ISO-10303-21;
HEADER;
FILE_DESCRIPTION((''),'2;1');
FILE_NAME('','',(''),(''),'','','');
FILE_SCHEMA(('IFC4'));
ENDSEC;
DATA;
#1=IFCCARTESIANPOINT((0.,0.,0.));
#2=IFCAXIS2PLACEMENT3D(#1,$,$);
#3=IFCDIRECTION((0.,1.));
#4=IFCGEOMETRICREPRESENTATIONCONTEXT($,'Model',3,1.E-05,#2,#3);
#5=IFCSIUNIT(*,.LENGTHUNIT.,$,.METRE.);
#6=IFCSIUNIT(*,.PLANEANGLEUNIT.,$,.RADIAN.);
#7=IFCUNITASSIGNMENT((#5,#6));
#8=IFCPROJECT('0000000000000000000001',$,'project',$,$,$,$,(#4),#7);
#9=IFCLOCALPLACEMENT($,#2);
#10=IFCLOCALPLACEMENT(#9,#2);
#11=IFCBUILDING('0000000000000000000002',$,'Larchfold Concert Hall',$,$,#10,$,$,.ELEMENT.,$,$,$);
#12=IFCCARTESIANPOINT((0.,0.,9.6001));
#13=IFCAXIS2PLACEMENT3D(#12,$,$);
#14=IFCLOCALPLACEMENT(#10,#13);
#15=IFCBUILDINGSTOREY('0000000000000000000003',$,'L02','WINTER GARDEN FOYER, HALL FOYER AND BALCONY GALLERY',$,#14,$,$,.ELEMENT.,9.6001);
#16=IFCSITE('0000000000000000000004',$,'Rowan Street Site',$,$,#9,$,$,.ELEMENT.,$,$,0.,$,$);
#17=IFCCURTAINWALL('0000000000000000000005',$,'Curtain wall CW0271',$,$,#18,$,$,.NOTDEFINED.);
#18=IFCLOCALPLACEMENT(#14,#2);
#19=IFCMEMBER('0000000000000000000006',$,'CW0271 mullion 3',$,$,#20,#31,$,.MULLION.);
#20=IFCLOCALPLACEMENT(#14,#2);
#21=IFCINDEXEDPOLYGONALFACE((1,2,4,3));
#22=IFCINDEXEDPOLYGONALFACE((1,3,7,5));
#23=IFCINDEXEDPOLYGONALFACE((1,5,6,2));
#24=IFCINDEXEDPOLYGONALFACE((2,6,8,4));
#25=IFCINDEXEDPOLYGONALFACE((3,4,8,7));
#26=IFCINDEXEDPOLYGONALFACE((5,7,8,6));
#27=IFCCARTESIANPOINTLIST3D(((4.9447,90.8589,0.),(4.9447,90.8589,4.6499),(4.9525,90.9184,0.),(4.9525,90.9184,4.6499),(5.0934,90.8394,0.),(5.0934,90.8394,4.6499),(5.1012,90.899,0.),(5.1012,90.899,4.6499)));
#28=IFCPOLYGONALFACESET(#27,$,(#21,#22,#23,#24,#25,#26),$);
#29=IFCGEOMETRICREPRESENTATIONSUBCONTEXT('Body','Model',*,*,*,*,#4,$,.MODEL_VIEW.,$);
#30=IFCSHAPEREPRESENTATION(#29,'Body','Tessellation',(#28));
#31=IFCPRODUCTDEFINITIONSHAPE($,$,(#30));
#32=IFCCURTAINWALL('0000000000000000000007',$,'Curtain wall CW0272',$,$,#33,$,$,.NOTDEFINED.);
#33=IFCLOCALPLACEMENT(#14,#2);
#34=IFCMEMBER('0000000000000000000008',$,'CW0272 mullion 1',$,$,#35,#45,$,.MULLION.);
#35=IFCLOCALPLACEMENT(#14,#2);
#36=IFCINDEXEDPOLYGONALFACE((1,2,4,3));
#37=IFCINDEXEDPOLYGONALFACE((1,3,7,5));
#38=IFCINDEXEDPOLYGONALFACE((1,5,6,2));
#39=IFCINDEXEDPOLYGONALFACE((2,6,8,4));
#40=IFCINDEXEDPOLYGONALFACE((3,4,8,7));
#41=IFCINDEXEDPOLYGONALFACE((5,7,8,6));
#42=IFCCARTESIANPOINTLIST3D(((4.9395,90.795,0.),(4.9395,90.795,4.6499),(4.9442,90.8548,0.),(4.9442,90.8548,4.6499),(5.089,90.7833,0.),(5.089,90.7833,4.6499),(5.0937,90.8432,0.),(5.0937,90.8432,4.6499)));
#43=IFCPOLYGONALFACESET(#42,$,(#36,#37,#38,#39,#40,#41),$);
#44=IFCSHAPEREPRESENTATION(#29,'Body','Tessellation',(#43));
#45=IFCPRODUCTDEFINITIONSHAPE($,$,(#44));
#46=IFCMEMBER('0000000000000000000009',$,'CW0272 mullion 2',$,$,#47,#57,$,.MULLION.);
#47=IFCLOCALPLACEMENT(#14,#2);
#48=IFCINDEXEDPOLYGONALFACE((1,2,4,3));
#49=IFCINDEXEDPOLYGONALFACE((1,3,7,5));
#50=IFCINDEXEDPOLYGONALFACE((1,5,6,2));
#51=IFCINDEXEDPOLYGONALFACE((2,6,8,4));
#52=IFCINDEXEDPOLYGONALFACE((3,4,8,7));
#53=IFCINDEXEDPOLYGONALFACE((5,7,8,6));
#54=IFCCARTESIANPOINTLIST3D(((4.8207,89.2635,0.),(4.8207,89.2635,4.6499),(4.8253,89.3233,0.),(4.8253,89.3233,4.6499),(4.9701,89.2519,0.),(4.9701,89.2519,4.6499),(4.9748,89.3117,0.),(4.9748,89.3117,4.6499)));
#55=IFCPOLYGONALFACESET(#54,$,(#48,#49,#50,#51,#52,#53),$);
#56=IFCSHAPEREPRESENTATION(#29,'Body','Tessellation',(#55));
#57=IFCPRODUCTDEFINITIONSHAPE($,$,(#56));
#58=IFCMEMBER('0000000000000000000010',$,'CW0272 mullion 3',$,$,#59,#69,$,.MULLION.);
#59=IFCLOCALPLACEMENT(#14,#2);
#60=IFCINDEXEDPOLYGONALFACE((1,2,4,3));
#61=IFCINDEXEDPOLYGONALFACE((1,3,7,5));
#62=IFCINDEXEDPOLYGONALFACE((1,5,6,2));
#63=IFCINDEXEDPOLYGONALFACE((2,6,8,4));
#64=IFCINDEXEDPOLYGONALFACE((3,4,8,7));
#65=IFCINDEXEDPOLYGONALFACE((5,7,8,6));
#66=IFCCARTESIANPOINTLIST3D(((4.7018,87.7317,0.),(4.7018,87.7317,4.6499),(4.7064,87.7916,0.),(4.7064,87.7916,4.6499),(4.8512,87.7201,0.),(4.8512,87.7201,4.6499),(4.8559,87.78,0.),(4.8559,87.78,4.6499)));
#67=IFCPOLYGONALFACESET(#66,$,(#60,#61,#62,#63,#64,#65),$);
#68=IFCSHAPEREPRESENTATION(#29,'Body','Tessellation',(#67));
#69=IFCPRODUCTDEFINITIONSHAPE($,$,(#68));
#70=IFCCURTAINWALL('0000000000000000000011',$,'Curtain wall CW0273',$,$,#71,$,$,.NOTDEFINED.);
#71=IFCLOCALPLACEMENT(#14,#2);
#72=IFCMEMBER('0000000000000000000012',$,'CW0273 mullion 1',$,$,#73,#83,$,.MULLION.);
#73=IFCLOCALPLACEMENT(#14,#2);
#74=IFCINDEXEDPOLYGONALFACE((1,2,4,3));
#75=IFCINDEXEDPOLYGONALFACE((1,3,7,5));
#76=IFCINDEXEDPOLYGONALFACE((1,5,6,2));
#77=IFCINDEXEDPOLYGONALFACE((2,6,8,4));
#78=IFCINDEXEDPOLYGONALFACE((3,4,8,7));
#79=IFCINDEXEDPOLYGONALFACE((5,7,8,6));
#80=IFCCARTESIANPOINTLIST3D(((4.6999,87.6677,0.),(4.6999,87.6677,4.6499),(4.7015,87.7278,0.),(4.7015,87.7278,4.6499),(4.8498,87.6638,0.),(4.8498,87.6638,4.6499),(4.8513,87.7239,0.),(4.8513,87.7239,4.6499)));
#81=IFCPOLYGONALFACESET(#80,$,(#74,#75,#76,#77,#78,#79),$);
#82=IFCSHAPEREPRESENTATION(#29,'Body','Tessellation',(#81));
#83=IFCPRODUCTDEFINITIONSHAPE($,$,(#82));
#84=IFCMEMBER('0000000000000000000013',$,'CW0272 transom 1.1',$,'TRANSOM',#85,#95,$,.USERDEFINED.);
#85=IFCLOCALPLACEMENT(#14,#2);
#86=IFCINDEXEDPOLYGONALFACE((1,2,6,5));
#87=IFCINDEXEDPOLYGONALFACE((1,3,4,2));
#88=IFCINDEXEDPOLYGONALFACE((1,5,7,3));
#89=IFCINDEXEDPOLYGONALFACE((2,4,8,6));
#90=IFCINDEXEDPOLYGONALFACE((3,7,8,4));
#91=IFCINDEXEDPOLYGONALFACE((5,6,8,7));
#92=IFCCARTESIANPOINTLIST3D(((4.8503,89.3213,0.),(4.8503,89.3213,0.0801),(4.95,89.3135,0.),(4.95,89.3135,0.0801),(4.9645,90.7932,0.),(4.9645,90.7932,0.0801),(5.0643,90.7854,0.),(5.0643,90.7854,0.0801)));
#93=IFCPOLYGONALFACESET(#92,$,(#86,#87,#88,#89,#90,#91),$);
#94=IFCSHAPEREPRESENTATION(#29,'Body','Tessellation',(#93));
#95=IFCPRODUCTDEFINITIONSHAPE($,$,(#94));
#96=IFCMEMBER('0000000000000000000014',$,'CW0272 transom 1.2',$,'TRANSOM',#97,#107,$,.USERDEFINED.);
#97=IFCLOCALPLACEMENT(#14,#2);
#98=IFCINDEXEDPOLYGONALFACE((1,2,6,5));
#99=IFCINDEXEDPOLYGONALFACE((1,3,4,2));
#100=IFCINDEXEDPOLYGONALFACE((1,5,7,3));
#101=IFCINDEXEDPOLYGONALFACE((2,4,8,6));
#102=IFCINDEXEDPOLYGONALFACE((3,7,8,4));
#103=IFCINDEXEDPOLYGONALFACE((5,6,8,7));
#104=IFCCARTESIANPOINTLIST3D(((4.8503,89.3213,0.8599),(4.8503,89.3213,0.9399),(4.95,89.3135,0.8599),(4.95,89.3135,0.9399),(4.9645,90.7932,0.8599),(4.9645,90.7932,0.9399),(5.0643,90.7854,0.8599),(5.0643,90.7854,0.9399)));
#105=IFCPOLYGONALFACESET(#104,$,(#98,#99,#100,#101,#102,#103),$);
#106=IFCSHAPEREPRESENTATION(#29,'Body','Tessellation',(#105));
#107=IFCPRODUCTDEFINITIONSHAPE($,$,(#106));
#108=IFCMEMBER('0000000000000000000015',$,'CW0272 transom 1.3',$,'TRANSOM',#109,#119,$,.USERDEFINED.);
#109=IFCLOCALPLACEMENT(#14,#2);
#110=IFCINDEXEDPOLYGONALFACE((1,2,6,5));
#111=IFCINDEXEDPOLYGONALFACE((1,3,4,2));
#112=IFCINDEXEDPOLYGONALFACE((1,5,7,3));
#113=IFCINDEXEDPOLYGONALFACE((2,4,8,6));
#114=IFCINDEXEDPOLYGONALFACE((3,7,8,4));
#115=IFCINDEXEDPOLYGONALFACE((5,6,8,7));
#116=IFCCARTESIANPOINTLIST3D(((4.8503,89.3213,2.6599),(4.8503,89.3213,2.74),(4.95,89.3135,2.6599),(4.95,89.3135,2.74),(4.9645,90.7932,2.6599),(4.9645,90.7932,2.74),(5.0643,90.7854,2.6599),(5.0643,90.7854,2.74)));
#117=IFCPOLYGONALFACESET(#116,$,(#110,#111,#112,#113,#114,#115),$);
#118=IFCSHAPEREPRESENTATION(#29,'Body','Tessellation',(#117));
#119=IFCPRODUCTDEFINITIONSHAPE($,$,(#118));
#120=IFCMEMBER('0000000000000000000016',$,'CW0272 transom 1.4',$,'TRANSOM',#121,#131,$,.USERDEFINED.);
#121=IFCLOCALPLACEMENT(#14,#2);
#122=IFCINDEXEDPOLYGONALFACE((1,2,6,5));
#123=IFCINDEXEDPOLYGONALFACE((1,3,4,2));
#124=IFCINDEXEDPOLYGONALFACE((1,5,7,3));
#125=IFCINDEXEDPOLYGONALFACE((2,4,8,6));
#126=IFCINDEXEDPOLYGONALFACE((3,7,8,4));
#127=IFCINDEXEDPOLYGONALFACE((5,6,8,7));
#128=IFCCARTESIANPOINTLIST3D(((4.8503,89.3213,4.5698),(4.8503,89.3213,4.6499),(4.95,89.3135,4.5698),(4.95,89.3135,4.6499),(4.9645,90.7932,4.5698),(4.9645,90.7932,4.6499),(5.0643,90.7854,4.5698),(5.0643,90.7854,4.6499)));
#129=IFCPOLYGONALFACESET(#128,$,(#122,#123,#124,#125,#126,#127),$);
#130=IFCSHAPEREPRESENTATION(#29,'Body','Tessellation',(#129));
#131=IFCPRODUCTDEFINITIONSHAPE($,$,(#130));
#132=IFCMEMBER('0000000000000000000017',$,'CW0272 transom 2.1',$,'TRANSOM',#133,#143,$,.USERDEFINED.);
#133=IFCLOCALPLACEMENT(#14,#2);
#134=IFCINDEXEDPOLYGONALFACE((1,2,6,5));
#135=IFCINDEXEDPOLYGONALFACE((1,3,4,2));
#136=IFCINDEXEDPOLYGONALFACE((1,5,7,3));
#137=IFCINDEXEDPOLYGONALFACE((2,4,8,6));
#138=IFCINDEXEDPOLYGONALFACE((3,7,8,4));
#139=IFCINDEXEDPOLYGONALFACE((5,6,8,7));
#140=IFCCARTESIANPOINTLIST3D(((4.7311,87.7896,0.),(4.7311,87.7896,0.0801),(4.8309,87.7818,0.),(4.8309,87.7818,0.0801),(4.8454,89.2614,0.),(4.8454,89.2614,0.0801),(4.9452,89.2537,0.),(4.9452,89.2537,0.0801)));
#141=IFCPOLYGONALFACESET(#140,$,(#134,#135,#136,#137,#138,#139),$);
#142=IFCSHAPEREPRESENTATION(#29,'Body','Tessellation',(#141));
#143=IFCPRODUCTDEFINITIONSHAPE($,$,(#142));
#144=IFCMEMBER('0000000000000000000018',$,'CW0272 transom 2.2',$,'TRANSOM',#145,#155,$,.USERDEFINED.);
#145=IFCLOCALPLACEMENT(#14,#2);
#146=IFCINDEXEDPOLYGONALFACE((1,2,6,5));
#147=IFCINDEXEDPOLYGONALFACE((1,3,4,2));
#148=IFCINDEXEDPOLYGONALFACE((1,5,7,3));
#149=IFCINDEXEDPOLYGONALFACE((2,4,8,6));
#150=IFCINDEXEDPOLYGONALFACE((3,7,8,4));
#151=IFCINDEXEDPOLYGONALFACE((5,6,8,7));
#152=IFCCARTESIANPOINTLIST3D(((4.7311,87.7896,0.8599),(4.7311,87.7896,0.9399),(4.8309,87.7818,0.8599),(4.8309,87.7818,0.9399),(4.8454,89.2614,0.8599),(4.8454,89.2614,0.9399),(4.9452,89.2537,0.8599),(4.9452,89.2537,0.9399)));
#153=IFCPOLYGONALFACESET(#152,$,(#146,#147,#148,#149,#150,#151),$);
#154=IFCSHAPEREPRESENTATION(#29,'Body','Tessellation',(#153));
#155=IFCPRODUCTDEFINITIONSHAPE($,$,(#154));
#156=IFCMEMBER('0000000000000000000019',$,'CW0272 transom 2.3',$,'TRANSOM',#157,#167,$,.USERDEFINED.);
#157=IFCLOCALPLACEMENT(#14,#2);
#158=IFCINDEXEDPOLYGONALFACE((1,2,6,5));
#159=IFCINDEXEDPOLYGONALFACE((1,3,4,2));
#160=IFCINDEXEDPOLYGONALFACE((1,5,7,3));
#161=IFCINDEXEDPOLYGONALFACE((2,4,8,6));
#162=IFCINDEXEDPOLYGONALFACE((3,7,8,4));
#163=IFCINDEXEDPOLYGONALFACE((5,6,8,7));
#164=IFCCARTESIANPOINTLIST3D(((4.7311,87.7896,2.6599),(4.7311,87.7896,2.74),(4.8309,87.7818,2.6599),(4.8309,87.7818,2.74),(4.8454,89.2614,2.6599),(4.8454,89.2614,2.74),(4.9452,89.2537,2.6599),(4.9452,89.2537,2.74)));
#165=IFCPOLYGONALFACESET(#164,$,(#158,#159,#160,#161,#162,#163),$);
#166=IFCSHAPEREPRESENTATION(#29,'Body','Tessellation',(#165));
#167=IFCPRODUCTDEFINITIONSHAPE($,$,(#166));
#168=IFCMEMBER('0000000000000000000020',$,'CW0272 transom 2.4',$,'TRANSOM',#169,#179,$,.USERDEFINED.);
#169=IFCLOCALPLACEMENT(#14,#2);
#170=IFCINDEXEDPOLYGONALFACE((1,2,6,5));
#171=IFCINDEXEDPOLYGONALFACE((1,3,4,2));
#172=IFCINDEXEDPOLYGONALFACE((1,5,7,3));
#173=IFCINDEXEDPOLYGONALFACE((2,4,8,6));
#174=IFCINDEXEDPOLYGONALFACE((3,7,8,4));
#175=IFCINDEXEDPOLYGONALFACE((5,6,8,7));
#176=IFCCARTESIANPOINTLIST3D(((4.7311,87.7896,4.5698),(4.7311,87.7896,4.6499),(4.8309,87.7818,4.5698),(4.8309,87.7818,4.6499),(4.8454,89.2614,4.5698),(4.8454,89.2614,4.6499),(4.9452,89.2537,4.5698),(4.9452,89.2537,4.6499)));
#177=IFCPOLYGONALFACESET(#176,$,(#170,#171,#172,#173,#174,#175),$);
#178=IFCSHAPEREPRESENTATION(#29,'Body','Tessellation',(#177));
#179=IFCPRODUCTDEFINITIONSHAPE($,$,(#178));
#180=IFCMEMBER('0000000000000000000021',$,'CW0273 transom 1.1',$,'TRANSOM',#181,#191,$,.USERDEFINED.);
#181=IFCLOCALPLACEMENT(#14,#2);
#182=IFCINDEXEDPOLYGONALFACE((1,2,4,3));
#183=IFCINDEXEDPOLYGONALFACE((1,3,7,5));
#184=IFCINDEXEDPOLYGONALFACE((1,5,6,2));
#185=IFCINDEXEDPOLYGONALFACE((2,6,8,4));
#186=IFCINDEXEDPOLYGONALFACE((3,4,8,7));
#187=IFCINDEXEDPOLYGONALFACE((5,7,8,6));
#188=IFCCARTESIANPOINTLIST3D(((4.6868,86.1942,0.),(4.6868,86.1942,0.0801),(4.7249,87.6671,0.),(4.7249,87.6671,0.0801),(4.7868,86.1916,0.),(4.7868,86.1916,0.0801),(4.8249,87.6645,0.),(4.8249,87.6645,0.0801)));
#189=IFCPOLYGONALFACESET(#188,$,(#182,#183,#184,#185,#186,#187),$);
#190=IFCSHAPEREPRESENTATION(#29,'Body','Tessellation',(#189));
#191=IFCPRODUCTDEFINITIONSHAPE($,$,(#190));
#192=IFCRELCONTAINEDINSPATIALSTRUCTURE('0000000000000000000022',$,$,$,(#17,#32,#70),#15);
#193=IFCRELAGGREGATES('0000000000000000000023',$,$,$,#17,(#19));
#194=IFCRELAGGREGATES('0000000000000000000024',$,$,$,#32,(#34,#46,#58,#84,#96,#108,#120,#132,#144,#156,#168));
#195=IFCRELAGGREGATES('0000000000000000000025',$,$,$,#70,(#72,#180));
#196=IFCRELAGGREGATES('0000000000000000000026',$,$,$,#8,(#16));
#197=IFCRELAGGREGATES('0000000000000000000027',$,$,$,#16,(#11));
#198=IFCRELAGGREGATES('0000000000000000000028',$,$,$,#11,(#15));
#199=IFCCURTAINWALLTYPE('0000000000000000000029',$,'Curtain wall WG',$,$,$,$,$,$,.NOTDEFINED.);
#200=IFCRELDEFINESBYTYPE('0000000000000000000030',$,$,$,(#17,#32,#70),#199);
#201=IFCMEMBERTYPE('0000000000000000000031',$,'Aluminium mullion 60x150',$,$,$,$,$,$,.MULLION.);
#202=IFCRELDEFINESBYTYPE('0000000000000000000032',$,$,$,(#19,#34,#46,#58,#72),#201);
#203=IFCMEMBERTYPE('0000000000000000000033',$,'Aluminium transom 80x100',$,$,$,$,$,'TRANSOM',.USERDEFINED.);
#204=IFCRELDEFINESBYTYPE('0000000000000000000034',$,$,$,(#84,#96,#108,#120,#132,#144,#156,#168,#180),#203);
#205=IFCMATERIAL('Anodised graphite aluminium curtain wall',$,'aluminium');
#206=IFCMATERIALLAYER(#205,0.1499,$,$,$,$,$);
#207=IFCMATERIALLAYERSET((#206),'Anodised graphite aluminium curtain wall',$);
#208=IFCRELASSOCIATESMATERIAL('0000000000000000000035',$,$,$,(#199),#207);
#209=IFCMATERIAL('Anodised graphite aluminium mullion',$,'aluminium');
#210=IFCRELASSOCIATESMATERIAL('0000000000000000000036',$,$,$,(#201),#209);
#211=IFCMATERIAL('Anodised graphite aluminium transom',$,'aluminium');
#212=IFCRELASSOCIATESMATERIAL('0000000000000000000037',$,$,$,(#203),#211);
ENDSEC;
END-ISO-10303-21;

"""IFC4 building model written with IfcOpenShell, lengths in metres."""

from ifc_helpers import new_model, si_unit, direction, frame, origin, origin_2d, place, context, subcontext, project, spatial, rectangle, extrude, material, layer, layer_set, material_profile, profile_set, type_object, element, aggregate, save


model = new_model("IFC4")

# Units and contexts
model_context = context("Model", 3, precision=1e-05, world=origin(), true_north=direction((0.0, 1.0)))
body_context = subcontext(model_context, "Body", "Model", "MODEL_VIEW")
ifc_project = project(units=[si_unit("LENGTHUNIT", "METRE"), si_unit("PLANEANGLEUNIT", "RADIAN")], contexts=[model_context])

# Site, building, storey
site_placement = place(None, origin())
site = spatial("IfcSite", under=ifc_project, at=site_placement, Name="Rowan Street Site", CompositionType="ELEMENT", RefElevation=0.0)
building_placement = place(site_placement, origin())
building = spatial("IfcBuilding", under=site, at=building_placement, Name="Larchfold Concert Hall", CompositionType="ELEMENT")
storey_placement = place(building_placement, frame((0.0, 0.0, 9.6001)))
storey = spatial("IfcBuildingStorey", under=building, at=storey_placement, Name="L02", Description="WINTER GARDEN FOYER, HALL FOYER AND BALCONY GALLERY", CompositionType="ELEMENT", Elevation=9.6001)

# Curtain wall, member
ifc_material_1 = material(Name="Anodised graphite aluminium curtain wall", Category="aluminium")
ifc_layer_1 = layer(ifc_material_1, 0.1499)
ifc_layer_set_1 = layer_set([ifc_layer_1], Name="Anodised graphite aluminium curtain wall")
curtain_wall_type = type_object("IfcCurtainWallType", Name="Curtain wall WG", PredefinedType="NOTDEFINED", material=ifc_layer_set_1)
curtain_wall_1_placement = place(storey_placement, origin())
curtain_wall_1 = element("IfcCurtainWall", 1, at=curtain_wall_1_placement, inside=storey, type_object=curtain_wall_type, Name="Curtain wall CW0271", PredefinedType="NOTDEFINED")
ifc_material_2 = material(Name="Anodised graphite aluminium mullion", Category="aluminium")
ifc_material_profile_1 = material_profile(ifc_material_2, rectangle(XDim=0.1499, YDim=0.0601, at=origin_2d()))
ifc_profile_set_1 = profile_set([ifc_material_profile_1], Name="Anodised graphite aluminium mullion")
member_type_1 = type_object("IfcMemberType", Name="Aluminium mullion 60x150", PredefinedType="MULLION", material=ifc_profile_set_1)
member_1_placement = place(storey_placement, frame((5.0229, 90.8789, 0.0), z_axis=(0.0, 0.0, 1.0), x_axis=(0.991549, -0.129731, 0.0)))
member_1 = element("IfcMember", 2, at=member_1_placement, type_object=member_type_1, Name="CW0271 mullion 3", PredefinedType="MULLION", context=body_context, shape_type="SweptSolid", body=[
    extrude(rectangle(XDim=0.1499, YDim=0.0601, at=origin_2d()), origin(), (0.0, 0.0, 1.0), 4.6499),
])
aggregate(curtain_wall_1, [member_1])

# Curtain wall, members
curtain_wall_2_placement = place(storey_placement, origin())
curtain_wall_2 = element("IfcCurtainWall", 3, at=curtain_wall_2_placement, inside=storey, type_object=curtain_wall_type, Name="Curtain wall CW0272", PredefinedType="NOTDEFINED")
member_2_placement = place(storey_placement, frame((5.0166, 90.8191, 0.0), z_axis=(0.0, 0.0, 1.0), x_axis=(0.996995, -0.077465, 0.0)))
member_2 = element("IfcMember", 4, at=member_2_placement, type_object=member_type_1, Name="CW0272 mullion 1", PredefinedType="MULLION", context=body_context, shape_type="SweptSolid", body=[
    extrude(rectangle(XDim=0.1499, YDim=0.0601, at=origin_2d()), origin(), (0.0, 0.0, 1.0), 4.6499),
])
member_3_placement = place(storey_placement, frame((4.8977, 89.2876, 0.0), z_axis=(0.0, 0.0, 1.0), x_axis=(0.996995, -0.077465, 0.0)))
member_3 = element("IfcMember", 5, at=member_3_placement, type_object=member_type_1, Name="CW0272 mullion 2", PredefinedType="MULLION", context=body_context, shape_type="SweptSolid", body=[
    extrude(rectangle(XDim=0.1499, YDim=0.0601, at=origin_2d()), origin(), (0.0, 0.0, 1.0), 4.6499),
])
member_4_placement = place(storey_placement, frame((4.7788, 87.7559, 0.0), z_axis=(0.0, 0.0, 1.0), x_axis=(0.996995, -0.077465, 0.0)))
member_4 = element("IfcMember", 6, at=member_4_placement, type_object=member_type_1, Name="CW0272 mullion 3", PredefinedType="MULLION", context=body_context, shape_type="SweptSolid", body=[
    extrude(rectangle(XDim=0.1499, YDim=0.0601, at=origin_2d()), origin(), (0.0, 0.0, 1.0), 4.6499),
])

# Curtain wall, member
curtain_wall_3_placement = place(storey_placement, origin())
curtain_wall_3 = element("IfcCurtainWall", 7, at=curtain_wall_3_placement, inside=storey, type_object=curtain_wall_type, Name="Curtain wall CW0273", PredefinedType="NOTDEFINED")
member_5_placement = place(storey_placement, frame((4.7756, 87.6958, 0.0), z_axis=(0.0, 0.0, 1.0), x_axis=(0.999666, -0.025845, 0.0)))
member_5 = element("IfcMember", 8, at=member_5_placement, type_object=member_type_1, Name="CW0273 mullion 1", PredefinedType="MULLION", context=body_context, shape_type="SweptSolid", body=[
    extrude(rectangle(XDim=0.1499, YDim=0.0601, at=origin_2d()), origin(), (0.0, 0.0, 1.0), 4.6499),
])

# Members
ifc_material_3 = material(Name="Anodised graphite aluminium transom", Category="aluminium")
ifc_material_profile_2 = material_profile(ifc_material_3, rectangle(XDim=0.1001, YDim=0.0801, at=origin_2d()))
ifc_profile_set_2 = profile_set([ifc_material_profile_2], Name="Anodised graphite aluminium transom")
member_type_2 = type_object("IfcMemberType", Name="Aluminium transom 80x100", ElementType="TRANSOM", PredefinedType="USERDEFINED", material=ifc_profile_set_2)
member_6_placement = place(storey_placement, frame((5.0144, 90.7893, 0.04), z_axis=(-0.077392, -0.997001, 0.0), x_axis=(0.997001, -0.077392, 0.0)))
member_6 = element("IfcMember", 9, at=member_6_placement, type_object=member_type_2, Name="CW0272 transom 1.1", ObjectType="TRANSOM", PredefinedType="USERDEFINED", context=body_context, shape_type="SweptSolid", body=[
    extrude(rectangle(XDim=0.1001, YDim=0.0801, at=origin_2d()), origin(), (0.0, 0.0, 1.0), 1.4763),
])
member_7_placement = place(storey_placement, frame((5.0144, 90.7893, 0.8999), z_axis=(-0.077392, -0.997001, 0.0), x_axis=(0.997001, -0.077392, 0.0)))
member_7 = element("IfcMember", 10, at=member_7_placement, type_object=member_type_2, Name="CW0272 transom 1.2", ObjectType="TRANSOM", PredefinedType="USERDEFINED", context=body_context, shape_type="SweptSolid", body=[
    extrude(rectangle(XDim=0.1001, YDim=0.0801, at=origin_2d()), origin(), (0.0, 0.0, 1.0), 1.4763),
])
member_8_placement = place(storey_placement, frame((5.0144, 90.7893, 2.7), z_axis=(-0.077392, -0.997001, 0.0), x_axis=(0.997001, -0.077392, 0.0)))
member_8 = element("IfcMember", 11, at=member_8_placement, type_object=member_type_2, Name="CW0272 transom 1.3", ObjectType="TRANSOM", PredefinedType="USERDEFINED", context=body_context, shape_type="SweptSolid", body=[
    extrude(rectangle(XDim=0.1001, YDim=0.0801, at=origin_2d()), origin(), (0.0, 0.0, 1.0), 1.4763),
])
member_9_placement = place(storey_placement, frame((5.0144, 90.7893, 4.6099), z_axis=(-0.077392, -0.997001, 0.0), x_axis=(0.997001, -0.077392, 0.0)))
member_9 = element("IfcMember", 12, at=member_9_placement, type_object=member_type_2, Name="CW0272 transom 1.4", ObjectType="TRANSOM", PredefinedType="USERDEFINED", context=body_context, shape_type="SweptSolid", body=[
    extrude(rectangle(XDim=0.1001, YDim=0.0801, at=origin_2d()), origin(), (0.0, 0.0, 1.0), 1.4763),
])
member_10_placement = place(storey_placement, frame((4.8953, 89.2576, 0.04), z_axis=(-0.077392, -0.997001, 0.0), x_axis=(0.997001, -0.077392, 0.0)))
member_10 = element("IfcMember", 13, at=member_10_placement, type_object=member_type_2, Name="CW0272 transom 2.1", ObjectType="TRANSOM", PredefinedType="USERDEFINED", context=body_context, shape_type="SweptSolid", body=[
    extrude(rectangle(XDim=0.1001, YDim=0.0801, at=origin_2d()), origin(), (0.0, 0.0, 1.0), 1.4763),
])
member_11_placement = place(storey_placement, frame((4.8953, 89.2576, 0.8999), z_axis=(-0.077392, -0.997001, 0.0), x_axis=(0.997001, -0.077392, 0.0)))
member_11 = element("IfcMember", 14, at=member_11_placement, type_object=member_type_2, Name="CW0272 transom 2.2", ObjectType="TRANSOM", PredefinedType="USERDEFINED", context=body_context, shape_type="SweptSolid", body=[
    extrude(rectangle(XDim=0.1001, YDim=0.0801, at=origin_2d()), origin(), (0.0, 0.0, 1.0), 1.4763),
])
member_12_placement = place(storey_placement, frame((4.8953, 89.2576, 2.7), z_axis=(-0.077392, -0.997001, 0.0), x_axis=(0.997001, -0.077392, 0.0)))
member_12 = element("IfcMember", 15, at=member_12_placement, type_object=member_type_2, Name="CW0272 transom 2.3", ObjectType="TRANSOM", PredefinedType="USERDEFINED", context=body_context, shape_type="SweptSolid", body=[
    extrude(rectangle(XDim=0.1001, YDim=0.0801, at=origin_2d()), origin(), (0.0, 0.0, 1.0), 1.4763),
])
member_13_placement = place(storey_placement, frame((4.8953, 89.2576, 4.6099), z_axis=(-0.077392, -0.997001, 0.0), x_axis=(0.997001, -0.077392, 0.0)))
member_13 = element("IfcMember", 16, at=member_13_placement, type_object=member_type_2, Name="CW0272 transom 2.4", ObjectType="TRANSOM", PredefinedType="USERDEFINED", context=body_context, shape_type="SweptSolid", body=[
    extrude(rectangle(XDim=0.1001, YDim=0.0801, at=origin_2d()), origin(), (0.0, 0.0, 1.0), 1.4763),
])
member_14_placement = place(storey_placement, frame((4.7749, 87.6658, 0.04), z_axis=(-0.025849, -0.999666, 0.0), x_axis=(0.999666, -0.025849, 0.0)))
member_14 = element("IfcMember", 17, at=member_14_placement, type_object=member_type_2, Name="CW0273 transom 1.1", ObjectType="TRANSOM", PredefinedType="USERDEFINED", context=body_context, shape_type="SweptSolid", body=[
    extrude(rectangle(XDim=0.1001, YDim=0.0801, at=origin_2d()), origin(), (0.0, 0.0, 1.0), 1.4734),
])

aggregate(curtain_wall_2, [member_2, member_3, member_4, member_6, member_7, member_8, member_9, member_10, member_11, member_12, member_13])
aggregate(curtain_wall_3, [member_5, member_14])

save(model, "model.ifc")
